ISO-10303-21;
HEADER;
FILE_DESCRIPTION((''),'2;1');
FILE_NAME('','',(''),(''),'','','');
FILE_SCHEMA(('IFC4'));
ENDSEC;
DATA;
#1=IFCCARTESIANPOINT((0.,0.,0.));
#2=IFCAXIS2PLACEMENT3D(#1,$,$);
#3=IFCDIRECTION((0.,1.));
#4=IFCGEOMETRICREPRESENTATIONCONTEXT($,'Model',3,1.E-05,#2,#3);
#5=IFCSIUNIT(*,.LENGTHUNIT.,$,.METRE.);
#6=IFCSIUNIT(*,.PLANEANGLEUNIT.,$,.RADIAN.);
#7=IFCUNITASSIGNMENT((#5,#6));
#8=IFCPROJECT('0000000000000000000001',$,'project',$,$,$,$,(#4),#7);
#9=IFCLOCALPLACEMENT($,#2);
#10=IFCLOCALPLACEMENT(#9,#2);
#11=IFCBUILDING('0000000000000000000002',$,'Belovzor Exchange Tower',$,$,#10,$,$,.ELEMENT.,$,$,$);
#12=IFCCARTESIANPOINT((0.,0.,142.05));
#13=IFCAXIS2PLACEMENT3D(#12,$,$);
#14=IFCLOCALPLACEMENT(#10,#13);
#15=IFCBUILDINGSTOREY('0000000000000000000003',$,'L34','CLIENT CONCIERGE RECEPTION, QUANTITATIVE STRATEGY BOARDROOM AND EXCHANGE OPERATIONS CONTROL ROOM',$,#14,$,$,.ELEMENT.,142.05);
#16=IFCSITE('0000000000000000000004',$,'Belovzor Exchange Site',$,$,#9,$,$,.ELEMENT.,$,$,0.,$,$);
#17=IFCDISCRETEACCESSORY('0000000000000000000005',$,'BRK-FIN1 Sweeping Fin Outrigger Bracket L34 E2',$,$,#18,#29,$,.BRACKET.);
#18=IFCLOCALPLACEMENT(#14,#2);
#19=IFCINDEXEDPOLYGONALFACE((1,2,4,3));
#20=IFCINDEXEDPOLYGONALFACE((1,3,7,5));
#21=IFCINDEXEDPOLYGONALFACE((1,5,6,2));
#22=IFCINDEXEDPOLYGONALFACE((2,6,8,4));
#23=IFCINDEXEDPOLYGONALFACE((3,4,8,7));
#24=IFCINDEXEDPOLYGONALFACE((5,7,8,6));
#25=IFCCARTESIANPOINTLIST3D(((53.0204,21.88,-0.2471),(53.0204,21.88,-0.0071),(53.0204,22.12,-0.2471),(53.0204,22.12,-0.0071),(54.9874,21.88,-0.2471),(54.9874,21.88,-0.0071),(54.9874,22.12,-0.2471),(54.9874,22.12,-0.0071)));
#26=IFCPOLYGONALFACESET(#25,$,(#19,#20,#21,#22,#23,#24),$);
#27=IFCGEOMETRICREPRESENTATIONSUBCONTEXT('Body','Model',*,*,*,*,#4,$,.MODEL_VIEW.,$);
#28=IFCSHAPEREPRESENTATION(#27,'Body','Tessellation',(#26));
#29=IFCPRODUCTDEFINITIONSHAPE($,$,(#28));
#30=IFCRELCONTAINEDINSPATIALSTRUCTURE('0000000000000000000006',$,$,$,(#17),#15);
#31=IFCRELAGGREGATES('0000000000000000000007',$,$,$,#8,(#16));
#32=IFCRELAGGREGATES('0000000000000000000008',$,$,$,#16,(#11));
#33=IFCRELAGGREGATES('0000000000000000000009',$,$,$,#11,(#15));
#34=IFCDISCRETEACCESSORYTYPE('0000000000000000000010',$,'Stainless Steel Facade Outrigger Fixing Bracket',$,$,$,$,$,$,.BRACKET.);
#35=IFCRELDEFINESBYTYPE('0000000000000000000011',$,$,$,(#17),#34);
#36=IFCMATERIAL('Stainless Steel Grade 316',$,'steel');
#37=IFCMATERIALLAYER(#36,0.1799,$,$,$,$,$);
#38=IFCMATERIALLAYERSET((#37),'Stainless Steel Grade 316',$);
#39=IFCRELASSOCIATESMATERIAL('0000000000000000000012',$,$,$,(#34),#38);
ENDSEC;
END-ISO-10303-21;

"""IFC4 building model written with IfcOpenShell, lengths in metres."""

from ifc_helpers import new_model, si_unit, direction, frame, origin, origin_2d, place, context, subcontext, project, spatial, rectangle, extrude, material, layer, layer_set, type_object, element, save


model = new_model("IFC4")

# Units and contexts
model_context = context("Model", 3, precision=1e-05, world=origin(), true_north=direction((0.0, 1.0)))
body_context = subcontext(model_context, "Body", "Model", "MODEL_VIEW")
ifc_project = project(units=[si_unit("LENGTHUNIT", "METRE"), si_unit("PLANEANGLEUNIT", "RADIAN")], contexts=[model_context])

# Site, building, storey
site_placement = place(None, origin())
site = spatial("IfcSite", under=ifc_project, at=site_placement, Name="Belovzor Exchange Site", CompositionType="ELEMENT", RefElevation=0.0)
building_placement = place(site_placement, origin())
building = spatial("IfcBuilding", under=site, at=building_placement, Name="Belovzor Exchange Tower", CompositionType="ELEMENT")
storey_placement = place(building_placement, frame((0.0, 0.0, 142.05)))
storey = spatial("IfcBuildingStorey", under=building, at=storey_placement, Name="L34", Description="CLIENT CONCIERGE RECEPTION, QUANTITATIVE STRATEGY BOARDROOM AND EXCHANGE OPERATIONS CONTROL ROOM", CompositionType="ELEMENT", Elevation=142.05)

# Discrete accessory
ifc_material_1 = material(Name="Stainless Steel Grade 316", Category="steel")
ifc_layer_1 = layer(ifc_material_1, 0.1799)
ifc_layer_set_1 = layer_set([ifc_layer_1], Name="Stainless Steel Grade 316")
discrete_accessory_type = type_object("IfcDiscreteAccessoryType", Name="Stainless Steel Facade Outrigger Fixing Bracket", PredefinedType="BRACKET", material=ifc_layer_set_1)
discrete_accessory_placement = place(storey_placement, frame((54.0039, 22.0, -0.2471), z_axis=(0.0, 0.0, 1.0), x_axis=(1.0, 0.0, 0.0)))
element("IfcDiscreteAccessory", 1, at=discrete_accessory_placement, inside=storey, type_object=discrete_accessory_type, Name="BRK-FIN1 Sweeping Fin Outrigger Bracket L34 E2", PredefinedType="BRACKET", context=body_context, shape_type="SweptSolid", body=[
    extrude(rectangle(XDim=1.967, YDim=0.24, at=origin_2d()), origin(), (0.0, 0.0, 1.0), 0.24),
])

save(model, "model.ifc")
